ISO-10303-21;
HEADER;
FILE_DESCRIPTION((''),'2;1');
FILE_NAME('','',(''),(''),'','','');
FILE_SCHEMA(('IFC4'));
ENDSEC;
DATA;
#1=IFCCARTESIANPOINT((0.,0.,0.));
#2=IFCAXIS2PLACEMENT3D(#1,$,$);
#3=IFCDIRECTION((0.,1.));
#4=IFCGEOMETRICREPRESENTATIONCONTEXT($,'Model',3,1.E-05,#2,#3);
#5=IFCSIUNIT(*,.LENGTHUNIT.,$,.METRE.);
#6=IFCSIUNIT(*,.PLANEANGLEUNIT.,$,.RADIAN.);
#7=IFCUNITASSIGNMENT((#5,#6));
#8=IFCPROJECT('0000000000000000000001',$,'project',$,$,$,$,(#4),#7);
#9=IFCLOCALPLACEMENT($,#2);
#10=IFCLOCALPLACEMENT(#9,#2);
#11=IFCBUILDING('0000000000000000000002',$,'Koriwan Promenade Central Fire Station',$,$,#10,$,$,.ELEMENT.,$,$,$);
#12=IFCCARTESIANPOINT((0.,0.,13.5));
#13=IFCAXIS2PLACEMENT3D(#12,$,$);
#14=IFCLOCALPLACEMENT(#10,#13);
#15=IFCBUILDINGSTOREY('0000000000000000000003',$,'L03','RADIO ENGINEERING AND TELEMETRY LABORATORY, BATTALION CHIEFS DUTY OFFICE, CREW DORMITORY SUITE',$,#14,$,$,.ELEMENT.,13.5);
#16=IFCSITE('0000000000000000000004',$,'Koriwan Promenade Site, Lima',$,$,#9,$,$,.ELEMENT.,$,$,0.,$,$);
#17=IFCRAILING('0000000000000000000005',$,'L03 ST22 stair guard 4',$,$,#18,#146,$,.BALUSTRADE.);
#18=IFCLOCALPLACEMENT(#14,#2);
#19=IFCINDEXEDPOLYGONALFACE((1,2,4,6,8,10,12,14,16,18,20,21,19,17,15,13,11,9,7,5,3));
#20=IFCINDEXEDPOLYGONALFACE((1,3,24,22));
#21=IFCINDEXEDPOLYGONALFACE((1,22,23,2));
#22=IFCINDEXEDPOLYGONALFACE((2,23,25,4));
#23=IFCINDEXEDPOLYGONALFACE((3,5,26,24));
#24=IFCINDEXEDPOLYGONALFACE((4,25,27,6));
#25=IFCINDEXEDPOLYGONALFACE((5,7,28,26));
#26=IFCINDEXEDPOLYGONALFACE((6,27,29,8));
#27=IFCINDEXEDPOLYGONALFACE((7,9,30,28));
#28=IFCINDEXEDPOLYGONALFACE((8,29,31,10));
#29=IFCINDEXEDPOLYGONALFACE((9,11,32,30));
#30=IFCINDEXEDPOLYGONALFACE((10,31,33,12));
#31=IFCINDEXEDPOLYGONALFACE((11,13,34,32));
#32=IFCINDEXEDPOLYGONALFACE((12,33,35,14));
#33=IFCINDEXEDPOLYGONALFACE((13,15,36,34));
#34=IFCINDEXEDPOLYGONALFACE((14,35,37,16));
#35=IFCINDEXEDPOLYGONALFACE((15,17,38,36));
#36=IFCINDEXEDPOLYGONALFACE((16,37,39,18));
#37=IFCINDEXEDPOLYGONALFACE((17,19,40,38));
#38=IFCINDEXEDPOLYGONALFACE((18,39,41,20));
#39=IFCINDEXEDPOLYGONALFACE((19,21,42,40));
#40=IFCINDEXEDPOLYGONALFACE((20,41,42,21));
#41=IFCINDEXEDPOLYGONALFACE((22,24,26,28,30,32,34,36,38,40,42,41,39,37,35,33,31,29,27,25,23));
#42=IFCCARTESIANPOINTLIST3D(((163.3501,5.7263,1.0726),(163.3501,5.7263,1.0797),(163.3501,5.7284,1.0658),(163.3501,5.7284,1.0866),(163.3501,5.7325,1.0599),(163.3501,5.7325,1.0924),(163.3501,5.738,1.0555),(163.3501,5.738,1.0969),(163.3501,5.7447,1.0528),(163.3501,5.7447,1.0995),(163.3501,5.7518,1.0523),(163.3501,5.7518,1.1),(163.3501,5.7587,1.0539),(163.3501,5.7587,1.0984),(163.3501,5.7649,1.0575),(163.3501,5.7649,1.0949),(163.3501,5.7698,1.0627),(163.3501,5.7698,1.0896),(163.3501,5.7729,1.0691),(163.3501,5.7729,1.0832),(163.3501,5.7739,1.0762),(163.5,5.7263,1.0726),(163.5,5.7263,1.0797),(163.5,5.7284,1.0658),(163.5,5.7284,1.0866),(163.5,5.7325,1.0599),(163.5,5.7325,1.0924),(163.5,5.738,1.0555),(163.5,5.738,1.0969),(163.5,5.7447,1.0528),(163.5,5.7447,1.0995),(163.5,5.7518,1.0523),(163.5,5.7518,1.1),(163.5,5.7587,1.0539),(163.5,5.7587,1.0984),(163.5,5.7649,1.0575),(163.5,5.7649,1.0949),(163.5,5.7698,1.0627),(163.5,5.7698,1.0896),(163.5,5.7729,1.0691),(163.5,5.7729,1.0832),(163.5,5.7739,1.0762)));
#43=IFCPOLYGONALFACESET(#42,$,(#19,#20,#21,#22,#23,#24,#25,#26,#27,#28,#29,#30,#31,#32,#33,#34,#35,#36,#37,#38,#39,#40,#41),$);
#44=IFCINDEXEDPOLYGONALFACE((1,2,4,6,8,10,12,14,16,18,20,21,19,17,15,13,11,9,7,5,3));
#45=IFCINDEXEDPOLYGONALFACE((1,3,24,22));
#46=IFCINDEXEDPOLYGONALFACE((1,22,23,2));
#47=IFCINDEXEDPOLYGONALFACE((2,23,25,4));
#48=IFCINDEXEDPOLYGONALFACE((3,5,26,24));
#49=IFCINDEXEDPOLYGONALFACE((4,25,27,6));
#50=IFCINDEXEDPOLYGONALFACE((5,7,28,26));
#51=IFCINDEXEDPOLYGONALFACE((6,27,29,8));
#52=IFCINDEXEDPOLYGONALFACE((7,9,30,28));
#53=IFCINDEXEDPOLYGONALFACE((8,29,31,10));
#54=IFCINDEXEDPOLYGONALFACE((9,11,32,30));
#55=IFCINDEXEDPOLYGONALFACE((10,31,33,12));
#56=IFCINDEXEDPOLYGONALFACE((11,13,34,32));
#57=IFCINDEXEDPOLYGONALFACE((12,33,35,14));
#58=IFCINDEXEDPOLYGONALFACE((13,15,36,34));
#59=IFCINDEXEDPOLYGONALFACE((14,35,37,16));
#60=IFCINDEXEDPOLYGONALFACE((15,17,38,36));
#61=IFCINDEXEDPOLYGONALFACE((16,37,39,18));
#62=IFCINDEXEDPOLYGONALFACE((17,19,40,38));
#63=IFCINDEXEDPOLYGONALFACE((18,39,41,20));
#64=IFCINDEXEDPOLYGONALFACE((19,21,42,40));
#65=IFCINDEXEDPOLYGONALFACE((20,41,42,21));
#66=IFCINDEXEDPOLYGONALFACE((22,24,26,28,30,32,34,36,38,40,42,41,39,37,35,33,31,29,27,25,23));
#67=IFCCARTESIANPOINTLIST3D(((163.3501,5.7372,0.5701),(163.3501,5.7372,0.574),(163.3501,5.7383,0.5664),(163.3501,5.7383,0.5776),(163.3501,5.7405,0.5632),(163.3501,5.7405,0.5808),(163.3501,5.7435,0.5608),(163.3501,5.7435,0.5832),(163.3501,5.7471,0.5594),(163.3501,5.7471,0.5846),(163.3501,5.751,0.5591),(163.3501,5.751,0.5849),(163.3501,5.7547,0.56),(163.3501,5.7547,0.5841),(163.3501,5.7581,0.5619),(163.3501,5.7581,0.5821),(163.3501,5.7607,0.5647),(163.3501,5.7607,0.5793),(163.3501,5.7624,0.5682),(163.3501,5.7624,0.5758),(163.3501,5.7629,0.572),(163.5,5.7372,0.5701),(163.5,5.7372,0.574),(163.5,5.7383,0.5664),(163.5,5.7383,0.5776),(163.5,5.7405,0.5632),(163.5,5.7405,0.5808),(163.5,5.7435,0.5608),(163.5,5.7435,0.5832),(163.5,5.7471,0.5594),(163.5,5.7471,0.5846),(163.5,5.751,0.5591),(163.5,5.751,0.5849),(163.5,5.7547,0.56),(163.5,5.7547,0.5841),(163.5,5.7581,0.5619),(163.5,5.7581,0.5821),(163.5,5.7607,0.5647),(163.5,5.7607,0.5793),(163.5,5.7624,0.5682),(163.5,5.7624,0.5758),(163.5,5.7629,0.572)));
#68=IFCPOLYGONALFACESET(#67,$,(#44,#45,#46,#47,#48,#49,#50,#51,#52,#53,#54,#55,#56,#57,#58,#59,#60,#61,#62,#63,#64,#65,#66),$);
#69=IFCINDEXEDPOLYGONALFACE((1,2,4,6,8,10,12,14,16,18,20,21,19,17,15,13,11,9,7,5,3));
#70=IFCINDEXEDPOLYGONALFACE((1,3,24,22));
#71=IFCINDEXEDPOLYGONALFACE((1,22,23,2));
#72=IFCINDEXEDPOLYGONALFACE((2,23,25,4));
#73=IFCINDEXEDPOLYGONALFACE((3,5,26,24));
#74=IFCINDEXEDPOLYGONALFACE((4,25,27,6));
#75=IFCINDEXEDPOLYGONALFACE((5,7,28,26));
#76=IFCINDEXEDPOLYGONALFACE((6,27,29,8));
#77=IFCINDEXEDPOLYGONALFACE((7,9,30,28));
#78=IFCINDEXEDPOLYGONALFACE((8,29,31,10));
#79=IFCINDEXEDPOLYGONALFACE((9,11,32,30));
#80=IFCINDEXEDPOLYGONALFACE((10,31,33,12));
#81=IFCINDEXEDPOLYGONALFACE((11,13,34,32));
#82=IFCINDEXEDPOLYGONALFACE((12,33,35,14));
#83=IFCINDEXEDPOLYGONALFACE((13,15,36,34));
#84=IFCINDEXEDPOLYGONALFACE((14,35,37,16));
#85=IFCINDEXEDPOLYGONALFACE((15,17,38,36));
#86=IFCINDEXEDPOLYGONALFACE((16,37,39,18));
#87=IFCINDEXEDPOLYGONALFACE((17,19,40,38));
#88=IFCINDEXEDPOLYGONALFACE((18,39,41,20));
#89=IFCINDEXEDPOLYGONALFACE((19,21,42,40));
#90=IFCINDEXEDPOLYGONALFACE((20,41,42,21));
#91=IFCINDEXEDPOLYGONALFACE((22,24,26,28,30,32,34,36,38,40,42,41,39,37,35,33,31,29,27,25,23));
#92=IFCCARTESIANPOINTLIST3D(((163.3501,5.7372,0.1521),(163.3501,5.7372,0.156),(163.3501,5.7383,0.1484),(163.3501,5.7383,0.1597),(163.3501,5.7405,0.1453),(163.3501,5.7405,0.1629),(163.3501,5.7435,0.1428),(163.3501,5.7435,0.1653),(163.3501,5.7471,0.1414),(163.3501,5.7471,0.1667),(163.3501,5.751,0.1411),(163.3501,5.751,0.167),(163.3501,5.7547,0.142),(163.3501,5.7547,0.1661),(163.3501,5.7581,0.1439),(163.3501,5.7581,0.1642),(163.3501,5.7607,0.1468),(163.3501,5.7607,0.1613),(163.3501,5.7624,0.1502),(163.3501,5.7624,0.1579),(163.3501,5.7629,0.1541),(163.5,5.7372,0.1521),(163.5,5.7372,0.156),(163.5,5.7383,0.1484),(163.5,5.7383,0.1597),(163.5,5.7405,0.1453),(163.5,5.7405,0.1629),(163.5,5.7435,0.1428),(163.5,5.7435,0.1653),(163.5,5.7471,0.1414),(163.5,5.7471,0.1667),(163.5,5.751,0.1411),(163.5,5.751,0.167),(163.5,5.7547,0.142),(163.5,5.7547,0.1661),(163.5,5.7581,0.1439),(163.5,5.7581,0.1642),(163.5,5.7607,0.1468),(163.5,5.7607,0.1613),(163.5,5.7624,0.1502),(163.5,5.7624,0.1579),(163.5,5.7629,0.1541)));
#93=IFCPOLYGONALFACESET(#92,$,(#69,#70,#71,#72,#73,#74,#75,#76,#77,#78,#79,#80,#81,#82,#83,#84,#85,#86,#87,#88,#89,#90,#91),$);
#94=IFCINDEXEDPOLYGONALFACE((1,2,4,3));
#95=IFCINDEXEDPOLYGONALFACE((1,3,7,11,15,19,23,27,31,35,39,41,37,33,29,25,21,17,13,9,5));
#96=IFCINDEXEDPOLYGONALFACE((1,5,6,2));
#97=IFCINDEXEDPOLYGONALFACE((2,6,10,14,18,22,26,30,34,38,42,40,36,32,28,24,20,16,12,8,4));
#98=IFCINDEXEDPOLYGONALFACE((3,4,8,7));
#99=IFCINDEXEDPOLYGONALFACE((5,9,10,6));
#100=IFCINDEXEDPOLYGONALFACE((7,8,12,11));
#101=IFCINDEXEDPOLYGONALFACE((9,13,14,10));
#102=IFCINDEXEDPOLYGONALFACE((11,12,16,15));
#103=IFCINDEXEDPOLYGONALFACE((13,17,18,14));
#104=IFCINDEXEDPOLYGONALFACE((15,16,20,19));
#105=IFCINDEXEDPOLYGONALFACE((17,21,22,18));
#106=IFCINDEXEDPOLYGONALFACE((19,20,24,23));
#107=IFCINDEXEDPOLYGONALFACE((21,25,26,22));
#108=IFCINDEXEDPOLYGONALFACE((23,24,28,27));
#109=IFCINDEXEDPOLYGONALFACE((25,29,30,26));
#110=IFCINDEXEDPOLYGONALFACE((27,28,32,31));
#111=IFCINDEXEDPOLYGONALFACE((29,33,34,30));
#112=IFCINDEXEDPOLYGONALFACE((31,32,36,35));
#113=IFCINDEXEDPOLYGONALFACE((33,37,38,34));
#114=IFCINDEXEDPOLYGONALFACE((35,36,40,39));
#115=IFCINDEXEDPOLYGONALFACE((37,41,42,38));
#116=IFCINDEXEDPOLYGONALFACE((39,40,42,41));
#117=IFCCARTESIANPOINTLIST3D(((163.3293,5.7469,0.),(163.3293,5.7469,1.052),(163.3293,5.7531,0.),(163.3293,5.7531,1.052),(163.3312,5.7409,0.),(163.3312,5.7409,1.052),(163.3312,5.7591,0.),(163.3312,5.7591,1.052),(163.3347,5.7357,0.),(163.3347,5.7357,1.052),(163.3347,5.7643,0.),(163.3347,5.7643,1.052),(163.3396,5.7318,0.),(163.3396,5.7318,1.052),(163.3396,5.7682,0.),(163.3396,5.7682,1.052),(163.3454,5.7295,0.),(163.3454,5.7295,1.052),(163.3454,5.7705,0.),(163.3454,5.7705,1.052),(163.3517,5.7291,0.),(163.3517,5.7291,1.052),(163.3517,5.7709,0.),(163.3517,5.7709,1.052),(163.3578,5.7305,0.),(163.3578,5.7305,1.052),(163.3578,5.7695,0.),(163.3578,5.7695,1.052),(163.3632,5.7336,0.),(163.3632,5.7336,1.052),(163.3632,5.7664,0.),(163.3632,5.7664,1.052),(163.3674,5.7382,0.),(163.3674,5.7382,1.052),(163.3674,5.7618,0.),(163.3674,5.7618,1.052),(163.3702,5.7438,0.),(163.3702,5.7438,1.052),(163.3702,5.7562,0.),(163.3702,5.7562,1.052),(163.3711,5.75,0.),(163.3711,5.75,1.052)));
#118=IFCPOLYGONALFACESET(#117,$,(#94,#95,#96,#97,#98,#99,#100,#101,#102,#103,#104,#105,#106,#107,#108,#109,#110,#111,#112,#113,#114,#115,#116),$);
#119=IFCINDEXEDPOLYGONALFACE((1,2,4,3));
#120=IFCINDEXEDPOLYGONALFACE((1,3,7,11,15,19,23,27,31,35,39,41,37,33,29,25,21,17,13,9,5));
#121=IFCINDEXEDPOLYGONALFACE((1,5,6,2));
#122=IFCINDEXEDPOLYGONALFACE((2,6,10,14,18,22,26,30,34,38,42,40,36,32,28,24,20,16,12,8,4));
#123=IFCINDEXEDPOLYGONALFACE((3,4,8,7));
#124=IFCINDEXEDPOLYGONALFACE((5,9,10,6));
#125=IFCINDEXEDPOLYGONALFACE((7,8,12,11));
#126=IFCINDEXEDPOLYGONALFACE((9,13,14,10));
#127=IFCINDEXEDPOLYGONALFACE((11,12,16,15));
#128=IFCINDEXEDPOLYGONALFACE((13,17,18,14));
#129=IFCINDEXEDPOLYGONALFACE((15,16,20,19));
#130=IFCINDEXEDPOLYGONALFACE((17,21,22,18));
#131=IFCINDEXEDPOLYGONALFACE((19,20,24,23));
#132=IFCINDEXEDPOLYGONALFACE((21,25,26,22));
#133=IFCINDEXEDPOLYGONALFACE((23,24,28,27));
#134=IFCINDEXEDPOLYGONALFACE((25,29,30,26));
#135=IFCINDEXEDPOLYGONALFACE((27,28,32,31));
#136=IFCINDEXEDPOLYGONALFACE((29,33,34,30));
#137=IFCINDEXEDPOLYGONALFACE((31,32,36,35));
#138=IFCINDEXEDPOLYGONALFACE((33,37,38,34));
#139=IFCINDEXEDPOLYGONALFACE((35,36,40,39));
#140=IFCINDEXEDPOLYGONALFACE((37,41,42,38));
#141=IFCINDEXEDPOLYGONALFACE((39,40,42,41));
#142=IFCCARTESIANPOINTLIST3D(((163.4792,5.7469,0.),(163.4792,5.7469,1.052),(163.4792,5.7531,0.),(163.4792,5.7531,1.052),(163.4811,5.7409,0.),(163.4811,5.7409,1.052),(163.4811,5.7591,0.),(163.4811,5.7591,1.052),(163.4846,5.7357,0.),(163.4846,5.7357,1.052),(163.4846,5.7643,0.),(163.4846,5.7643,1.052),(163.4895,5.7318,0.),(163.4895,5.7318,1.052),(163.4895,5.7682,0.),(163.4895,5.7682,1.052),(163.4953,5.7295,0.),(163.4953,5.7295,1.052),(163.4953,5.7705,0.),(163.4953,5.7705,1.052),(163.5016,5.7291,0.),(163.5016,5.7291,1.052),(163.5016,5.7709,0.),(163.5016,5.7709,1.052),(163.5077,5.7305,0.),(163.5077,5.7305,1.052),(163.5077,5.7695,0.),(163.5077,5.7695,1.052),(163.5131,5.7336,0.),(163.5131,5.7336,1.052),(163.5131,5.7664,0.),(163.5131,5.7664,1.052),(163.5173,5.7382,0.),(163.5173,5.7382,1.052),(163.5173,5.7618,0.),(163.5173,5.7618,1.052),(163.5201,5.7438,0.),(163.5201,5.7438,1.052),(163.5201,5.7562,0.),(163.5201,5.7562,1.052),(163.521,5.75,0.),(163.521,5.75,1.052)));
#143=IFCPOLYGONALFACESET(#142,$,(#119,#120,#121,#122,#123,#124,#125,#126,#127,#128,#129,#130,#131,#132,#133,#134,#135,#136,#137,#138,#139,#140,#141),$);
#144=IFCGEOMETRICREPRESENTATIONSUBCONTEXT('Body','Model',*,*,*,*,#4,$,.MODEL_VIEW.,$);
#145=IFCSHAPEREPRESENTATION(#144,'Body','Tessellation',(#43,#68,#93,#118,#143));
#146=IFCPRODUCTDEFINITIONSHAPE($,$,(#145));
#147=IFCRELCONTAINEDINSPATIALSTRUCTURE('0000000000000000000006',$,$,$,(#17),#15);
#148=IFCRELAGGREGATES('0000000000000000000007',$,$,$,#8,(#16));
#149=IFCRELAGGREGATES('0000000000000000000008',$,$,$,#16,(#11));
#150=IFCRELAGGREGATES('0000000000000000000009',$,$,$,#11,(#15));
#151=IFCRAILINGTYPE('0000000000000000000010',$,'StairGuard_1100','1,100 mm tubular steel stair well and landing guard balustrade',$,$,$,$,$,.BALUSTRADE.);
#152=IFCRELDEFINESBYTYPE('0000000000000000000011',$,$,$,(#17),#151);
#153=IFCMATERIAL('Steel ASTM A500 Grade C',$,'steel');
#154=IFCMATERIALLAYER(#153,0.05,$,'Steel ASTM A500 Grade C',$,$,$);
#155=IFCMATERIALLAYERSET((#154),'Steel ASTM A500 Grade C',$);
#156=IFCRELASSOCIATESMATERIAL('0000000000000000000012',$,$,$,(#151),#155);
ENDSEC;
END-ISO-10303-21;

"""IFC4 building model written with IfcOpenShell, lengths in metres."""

from ifc_helpers import new_model, si_unit, direction, frame, origin, origin_2d, place, context, subcontext, project, spatial, circle, extrude, material, layer, layer_set, type_object, element, save


model = new_model("IFC4")

# Units and contexts
model_context = context("Model", 3, precision=1e-05, world=origin(), true_north=direction((0.0, 1.0)))
body_context = subcontext(model_context, "Body", "Model", "MODEL_VIEW")
ifc_project = project(units=[si_unit("LENGTHUNIT", "METRE"), si_unit("PLANEANGLEUNIT", "RADIAN")], contexts=[model_context])

# Site, building, storey
site_placement = place(None, origin())
site = spatial("IfcSite", under=ifc_project, at=site_placement, Name="Koriwan Promenade Site, Lima", CompositionType="ELEMENT", RefElevation=0.0)
building_placement = place(site_placement, origin())
building = spatial("IfcBuilding", under=site, at=building_placement, Name="Koriwan Promenade Central Fire Station", CompositionType="ELEMENT")
storey_placement = place(building_placement, frame((0.0, 0.0, 13.5)))
storey = spatial("IfcBuildingStorey", under=building, at=storey_placement, Name="L03", Description="RADIO ENGINEERING AND TELEMETRY LABORATORY, BATTALION CHIEFS DUTY OFFICE, CREW DORMITORY SUITE", CompositionType="ELEMENT", Elevation=13.5)

# Railing
ifc_material_1 = material(Name="Steel ASTM A500 Grade C", Category="steel")
ifc_layer_1 = layer(ifc_material_1, 0.05, Name="Steel ASTM A500 Grade C")
ifc_layer_set_1 = layer_set([ifc_layer_1], Name="Steel ASTM A500 Grade C")
railing_type_1 = type_object("IfcRailingType", Name="StairGuard_1100", Description="1,100 mm tubular steel stair well and landing guard balustrade", PredefinedType="BALUSTRADE", material=ifc_layer_set_1)
railing_1_placement = place(storey_placement, frame((163.3501, 5.75, 0.0)))
element("IfcRailing", 1, at=railing_1_placement, inside=storey, type_object=railing_type_1, Name="L03 ST22 stair guard 4", PredefinedType="BALUSTRADE", context=body_context, shape_type="SweptSolid", body=[
    extrude(circle(Radius=0.0239, at=origin_2d()), frame((0.0, 0.0, 1.0762), z_axis=(1.0, 0.0, 0.0), x_axis=(0.0, 1.0, 0.0)), (0.0, 0.0, 1.0), 0.1499),
    extrude(circle(Radius=0.0129, at=origin_2d()), frame((0.0, 0.0, 0.572), z_axis=(1.0, 0.0, 0.0), x_axis=(0.0, 1.0, 0.0)), (0.0, 0.0, 1.0), 0.1499),
    extrude(circle(Radius=0.0129, at=origin_2d()), frame((0.0, 0.0, 0.1541), z_axis=(1.0, 0.0, 0.0), x_axis=(0.0, 1.0, 0.0)), (0.0, 0.0, 1.0), 0.1499),
    extrude(circle(Radius=0.021, at=origin_2d()), origin(), (0.0, 0.0, 1.0), 1.052),
    extrude(circle(Radius=0.021, at=origin_2d()), frame((0.1499, 0.0, 0.0)), (0.0, 0.0, 1.0), 1.052),
])

save(model, "model.ifc")
